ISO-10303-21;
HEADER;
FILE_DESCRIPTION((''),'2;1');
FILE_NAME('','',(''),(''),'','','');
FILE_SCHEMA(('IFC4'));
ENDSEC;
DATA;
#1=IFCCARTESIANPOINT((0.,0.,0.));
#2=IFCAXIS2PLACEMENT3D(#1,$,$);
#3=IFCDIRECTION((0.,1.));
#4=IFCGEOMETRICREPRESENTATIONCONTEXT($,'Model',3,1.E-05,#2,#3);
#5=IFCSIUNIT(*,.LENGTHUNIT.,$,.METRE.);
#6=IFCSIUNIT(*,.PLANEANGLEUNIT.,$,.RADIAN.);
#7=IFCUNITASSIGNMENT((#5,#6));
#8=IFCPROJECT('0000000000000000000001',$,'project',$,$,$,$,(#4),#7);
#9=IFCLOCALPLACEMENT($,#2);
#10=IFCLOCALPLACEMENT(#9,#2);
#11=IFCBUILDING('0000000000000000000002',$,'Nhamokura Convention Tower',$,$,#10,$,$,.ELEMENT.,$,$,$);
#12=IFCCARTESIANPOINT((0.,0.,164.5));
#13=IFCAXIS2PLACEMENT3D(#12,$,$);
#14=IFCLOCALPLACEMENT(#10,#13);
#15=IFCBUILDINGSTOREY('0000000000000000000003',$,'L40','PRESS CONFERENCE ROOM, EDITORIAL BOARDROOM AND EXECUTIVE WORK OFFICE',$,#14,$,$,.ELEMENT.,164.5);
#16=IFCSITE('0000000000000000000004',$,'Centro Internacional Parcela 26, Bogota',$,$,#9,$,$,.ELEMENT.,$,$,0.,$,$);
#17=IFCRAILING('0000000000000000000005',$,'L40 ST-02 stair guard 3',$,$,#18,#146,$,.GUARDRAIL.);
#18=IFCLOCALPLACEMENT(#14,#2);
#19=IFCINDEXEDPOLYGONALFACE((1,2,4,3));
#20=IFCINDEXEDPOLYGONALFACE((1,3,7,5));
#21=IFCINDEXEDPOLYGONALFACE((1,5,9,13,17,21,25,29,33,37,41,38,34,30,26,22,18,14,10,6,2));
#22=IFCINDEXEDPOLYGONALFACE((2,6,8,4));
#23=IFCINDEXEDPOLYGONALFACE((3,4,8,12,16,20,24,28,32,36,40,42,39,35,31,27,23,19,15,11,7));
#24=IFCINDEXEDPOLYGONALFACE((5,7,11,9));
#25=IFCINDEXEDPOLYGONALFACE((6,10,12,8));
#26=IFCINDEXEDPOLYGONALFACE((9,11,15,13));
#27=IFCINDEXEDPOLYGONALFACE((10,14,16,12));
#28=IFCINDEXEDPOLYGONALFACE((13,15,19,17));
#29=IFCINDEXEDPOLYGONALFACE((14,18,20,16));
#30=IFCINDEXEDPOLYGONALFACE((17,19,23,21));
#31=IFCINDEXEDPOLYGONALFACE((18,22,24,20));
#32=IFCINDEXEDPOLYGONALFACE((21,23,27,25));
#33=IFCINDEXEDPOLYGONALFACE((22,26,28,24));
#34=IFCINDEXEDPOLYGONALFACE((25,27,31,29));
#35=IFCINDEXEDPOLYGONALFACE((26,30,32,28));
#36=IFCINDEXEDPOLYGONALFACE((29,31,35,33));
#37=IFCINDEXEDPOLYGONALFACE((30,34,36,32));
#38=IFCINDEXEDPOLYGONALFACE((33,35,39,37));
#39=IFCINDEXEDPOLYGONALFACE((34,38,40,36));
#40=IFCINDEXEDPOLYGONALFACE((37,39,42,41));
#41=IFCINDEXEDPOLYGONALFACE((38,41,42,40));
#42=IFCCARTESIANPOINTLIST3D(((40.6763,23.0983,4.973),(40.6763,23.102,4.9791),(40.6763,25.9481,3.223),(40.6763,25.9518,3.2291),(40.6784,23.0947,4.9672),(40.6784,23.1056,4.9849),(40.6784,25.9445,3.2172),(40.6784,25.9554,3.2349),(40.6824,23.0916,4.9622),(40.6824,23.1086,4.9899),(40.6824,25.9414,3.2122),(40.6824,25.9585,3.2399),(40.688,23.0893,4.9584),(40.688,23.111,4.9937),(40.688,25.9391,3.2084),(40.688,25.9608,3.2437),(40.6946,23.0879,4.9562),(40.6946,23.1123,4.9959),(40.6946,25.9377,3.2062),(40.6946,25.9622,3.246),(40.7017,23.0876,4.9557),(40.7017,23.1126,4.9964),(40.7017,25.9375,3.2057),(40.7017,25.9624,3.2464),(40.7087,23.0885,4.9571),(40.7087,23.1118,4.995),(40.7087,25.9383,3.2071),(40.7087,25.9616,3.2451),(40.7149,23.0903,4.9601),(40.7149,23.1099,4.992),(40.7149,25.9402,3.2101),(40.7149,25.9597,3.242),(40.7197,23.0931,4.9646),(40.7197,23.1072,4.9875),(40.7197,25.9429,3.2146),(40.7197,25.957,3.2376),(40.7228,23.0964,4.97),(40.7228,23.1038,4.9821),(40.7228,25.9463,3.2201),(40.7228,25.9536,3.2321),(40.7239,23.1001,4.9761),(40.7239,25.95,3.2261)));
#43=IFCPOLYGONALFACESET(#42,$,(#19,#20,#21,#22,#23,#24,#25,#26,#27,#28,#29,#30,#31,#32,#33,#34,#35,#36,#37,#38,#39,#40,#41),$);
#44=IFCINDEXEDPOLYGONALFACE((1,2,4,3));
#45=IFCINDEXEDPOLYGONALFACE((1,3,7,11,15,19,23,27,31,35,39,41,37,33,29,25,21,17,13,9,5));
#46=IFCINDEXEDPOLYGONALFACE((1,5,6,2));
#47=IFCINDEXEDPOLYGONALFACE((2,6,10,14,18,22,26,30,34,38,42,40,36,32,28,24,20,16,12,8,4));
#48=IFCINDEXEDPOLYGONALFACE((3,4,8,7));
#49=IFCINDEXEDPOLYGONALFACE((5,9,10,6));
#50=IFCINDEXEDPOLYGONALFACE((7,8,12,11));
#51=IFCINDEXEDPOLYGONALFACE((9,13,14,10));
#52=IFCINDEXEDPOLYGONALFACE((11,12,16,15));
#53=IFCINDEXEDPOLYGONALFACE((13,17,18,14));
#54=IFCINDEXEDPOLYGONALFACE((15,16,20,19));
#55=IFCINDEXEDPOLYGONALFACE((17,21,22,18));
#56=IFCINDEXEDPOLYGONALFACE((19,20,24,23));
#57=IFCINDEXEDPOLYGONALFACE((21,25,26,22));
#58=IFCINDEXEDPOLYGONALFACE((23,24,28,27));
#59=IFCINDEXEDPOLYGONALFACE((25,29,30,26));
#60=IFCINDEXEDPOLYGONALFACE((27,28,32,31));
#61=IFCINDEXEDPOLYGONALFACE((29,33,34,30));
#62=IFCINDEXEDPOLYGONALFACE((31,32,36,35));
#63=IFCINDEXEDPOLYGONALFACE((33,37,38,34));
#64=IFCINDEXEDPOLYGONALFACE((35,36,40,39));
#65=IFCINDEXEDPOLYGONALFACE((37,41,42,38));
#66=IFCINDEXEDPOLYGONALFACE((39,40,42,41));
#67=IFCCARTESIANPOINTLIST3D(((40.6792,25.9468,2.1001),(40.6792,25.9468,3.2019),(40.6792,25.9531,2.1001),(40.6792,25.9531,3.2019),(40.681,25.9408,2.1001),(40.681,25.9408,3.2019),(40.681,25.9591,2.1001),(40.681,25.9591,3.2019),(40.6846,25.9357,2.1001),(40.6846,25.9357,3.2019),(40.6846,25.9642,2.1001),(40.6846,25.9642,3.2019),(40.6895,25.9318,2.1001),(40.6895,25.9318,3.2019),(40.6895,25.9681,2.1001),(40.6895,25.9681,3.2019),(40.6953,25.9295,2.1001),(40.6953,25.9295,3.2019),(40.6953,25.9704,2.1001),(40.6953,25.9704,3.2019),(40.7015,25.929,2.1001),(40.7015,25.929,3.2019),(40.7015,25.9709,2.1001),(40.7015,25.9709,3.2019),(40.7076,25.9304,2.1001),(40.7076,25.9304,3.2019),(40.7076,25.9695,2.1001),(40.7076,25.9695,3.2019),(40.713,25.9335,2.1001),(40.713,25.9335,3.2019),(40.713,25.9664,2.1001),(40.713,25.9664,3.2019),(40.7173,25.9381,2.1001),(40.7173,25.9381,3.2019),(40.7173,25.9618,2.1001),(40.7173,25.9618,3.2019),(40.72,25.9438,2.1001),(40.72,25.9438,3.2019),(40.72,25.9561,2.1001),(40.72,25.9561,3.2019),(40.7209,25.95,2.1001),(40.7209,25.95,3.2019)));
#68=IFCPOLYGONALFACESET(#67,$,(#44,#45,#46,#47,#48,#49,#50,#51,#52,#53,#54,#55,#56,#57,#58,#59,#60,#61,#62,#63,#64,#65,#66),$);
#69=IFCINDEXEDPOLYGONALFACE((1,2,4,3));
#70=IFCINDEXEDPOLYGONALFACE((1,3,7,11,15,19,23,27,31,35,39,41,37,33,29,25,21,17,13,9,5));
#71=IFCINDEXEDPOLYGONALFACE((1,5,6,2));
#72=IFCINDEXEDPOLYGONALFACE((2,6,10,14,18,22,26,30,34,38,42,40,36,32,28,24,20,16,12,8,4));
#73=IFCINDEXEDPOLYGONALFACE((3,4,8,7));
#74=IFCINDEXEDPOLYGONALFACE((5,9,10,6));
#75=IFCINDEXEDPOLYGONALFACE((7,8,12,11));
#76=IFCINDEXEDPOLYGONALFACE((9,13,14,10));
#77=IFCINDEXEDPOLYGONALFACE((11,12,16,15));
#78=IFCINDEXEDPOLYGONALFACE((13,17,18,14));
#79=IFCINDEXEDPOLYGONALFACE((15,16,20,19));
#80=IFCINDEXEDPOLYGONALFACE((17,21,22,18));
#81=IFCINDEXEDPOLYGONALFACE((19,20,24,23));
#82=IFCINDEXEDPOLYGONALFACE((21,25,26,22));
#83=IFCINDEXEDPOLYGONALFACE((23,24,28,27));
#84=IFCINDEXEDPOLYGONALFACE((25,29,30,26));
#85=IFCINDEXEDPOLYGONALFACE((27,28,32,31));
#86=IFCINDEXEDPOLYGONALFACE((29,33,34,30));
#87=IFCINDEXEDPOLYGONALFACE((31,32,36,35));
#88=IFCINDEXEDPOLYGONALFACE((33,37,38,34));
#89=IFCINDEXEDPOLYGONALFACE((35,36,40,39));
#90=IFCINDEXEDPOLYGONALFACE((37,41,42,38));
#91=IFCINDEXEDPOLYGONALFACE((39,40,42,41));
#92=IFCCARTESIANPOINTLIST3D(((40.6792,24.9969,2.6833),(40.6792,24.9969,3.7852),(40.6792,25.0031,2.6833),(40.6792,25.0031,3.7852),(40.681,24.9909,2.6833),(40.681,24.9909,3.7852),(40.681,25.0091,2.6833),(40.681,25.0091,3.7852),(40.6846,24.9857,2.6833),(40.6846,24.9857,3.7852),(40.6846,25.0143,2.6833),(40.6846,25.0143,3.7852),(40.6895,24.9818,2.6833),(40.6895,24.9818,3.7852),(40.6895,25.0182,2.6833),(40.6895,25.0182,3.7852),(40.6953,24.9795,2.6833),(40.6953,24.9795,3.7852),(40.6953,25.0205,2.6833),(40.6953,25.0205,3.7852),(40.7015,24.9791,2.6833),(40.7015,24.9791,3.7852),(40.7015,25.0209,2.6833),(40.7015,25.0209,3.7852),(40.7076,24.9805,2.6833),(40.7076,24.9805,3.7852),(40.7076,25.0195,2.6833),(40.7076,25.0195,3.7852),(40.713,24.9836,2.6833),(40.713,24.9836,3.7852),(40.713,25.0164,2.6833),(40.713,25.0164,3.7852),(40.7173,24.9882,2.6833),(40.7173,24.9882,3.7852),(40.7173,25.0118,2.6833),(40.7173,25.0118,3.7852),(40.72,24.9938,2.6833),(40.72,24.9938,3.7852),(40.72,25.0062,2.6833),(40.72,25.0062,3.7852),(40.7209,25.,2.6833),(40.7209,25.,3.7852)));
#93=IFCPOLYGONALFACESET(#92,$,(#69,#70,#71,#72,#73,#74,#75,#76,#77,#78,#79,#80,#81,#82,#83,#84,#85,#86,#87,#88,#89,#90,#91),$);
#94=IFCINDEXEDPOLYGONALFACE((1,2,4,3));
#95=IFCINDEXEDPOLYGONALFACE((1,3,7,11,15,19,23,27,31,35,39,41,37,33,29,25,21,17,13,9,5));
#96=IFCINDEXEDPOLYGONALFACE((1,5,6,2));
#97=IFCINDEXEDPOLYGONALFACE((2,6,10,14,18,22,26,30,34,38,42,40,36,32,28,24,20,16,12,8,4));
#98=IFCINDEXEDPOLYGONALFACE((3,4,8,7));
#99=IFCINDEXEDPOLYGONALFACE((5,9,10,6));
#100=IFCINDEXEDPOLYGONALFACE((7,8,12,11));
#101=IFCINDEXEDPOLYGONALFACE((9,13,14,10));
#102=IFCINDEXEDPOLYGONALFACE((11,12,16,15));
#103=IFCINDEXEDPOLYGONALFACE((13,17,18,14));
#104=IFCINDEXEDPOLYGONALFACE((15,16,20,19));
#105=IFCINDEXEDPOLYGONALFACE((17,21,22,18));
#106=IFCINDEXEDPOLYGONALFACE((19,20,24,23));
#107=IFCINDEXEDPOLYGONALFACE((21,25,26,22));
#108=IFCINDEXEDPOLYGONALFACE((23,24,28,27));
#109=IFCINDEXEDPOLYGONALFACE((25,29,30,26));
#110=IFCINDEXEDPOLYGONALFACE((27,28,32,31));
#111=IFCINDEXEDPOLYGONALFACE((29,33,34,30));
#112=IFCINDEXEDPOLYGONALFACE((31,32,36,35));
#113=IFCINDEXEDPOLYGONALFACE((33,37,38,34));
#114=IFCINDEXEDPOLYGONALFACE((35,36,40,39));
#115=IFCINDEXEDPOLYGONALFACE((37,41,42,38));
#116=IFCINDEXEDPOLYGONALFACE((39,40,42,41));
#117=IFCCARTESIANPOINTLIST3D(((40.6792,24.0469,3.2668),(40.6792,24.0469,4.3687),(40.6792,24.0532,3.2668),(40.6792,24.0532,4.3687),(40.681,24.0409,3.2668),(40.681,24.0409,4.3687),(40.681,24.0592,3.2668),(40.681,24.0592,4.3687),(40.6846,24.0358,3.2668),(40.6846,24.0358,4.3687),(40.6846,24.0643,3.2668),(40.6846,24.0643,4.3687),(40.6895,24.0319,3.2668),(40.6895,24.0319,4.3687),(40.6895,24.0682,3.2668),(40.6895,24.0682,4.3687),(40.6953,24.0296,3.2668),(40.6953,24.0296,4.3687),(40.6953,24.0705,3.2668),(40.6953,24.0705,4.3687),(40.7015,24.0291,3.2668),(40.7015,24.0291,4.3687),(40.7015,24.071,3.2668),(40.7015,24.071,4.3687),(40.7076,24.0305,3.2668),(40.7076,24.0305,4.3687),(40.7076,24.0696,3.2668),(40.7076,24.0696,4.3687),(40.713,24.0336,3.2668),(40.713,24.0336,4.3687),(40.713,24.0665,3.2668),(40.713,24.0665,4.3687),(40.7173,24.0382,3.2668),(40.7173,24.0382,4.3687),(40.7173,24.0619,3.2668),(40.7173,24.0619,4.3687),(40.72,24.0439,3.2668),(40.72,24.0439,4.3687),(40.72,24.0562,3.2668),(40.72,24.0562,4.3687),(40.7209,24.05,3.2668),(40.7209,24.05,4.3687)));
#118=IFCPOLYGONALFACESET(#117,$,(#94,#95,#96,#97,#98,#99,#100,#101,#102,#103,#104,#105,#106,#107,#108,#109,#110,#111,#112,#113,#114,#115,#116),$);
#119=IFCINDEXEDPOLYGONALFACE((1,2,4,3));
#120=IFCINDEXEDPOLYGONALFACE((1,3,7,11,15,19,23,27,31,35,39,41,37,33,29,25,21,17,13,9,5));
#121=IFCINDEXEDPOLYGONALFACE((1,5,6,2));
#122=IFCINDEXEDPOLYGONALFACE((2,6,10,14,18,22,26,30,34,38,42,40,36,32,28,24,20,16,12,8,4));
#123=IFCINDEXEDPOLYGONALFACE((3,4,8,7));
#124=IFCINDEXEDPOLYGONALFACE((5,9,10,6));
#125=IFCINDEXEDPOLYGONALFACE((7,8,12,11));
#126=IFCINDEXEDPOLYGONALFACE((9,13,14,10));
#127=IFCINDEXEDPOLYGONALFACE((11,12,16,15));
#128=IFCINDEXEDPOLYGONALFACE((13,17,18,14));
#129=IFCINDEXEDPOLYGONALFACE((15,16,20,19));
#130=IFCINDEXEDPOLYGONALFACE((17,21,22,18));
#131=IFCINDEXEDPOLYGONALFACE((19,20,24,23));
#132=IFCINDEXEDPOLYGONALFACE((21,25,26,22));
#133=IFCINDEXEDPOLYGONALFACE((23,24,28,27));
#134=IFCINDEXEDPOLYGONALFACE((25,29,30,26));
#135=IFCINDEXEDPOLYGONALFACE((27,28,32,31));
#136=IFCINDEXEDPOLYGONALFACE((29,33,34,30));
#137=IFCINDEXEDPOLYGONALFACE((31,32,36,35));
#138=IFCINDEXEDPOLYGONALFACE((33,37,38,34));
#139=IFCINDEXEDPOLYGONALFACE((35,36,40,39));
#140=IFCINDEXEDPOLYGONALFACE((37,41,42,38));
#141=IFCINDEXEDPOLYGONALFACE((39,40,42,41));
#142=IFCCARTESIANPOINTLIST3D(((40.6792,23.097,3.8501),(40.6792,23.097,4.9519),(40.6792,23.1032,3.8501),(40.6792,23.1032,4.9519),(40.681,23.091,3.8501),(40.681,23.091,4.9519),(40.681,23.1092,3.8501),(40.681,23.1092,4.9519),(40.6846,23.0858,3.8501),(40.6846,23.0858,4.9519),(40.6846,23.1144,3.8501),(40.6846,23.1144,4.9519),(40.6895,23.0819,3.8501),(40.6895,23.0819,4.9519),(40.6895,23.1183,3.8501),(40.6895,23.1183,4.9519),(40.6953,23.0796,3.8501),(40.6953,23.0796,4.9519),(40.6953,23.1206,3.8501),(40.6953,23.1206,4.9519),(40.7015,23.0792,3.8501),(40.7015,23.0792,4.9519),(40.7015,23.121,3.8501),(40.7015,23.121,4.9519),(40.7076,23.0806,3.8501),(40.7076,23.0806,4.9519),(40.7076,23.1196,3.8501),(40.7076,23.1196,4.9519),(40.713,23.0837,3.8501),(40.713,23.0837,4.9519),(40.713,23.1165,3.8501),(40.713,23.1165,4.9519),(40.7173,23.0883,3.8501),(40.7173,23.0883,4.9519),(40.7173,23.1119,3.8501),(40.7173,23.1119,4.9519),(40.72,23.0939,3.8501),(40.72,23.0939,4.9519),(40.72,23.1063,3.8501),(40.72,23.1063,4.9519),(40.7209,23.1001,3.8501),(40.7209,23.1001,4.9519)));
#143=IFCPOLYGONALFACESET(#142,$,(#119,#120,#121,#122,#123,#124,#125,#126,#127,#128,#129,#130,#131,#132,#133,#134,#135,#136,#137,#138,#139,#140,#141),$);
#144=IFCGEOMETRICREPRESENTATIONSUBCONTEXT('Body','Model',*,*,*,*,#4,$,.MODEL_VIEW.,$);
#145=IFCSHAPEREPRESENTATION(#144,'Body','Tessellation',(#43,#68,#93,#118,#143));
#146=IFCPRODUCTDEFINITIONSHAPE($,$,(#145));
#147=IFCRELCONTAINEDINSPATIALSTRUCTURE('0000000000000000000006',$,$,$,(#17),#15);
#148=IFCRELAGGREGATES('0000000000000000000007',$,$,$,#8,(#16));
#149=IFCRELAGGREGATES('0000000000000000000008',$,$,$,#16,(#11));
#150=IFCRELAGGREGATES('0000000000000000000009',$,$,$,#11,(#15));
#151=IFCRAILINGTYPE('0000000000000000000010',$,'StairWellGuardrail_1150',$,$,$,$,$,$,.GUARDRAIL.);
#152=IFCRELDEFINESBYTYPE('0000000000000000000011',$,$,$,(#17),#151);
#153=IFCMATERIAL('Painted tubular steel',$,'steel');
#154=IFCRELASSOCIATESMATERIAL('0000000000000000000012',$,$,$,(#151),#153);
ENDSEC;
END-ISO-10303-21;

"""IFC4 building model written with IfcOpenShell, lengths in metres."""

from ifc_helpers import new_model, si_unit, direction, frame, origin, origin_2d, place, context, subcontext, project, spatial, circle, extrude, material, type_object, element, save


model = new_model("IFC4")

# Units and contexts
model_context = context("Model", 3, precision=1e-05, world=origin(), true_north=direction((0.0, 1.0)))
body_context = subcontext(model_context, "Body", "Model", "MODEL_VIEW")
ifc_project = project(units=[si_unit("LENGTHUNIT", "METRE"), si_unit("PLANEANGLEUNIT", "RADIAN")], contexts=[model_context])

# Site, building, storey
site_placement = place(None, origin())
site = spatial("IfcSite", under=ifc_project, at=site_placement, Name="Centro Internacional Parcela 26, Bogota", CompositionType="ELEMENT", RefElevation=0.0)
building_placement = place(site_placement, origin())
building = spatial("IfcBuilding", under=site, at=building_placement, Name="Nhamokura Convention Tower", CompositionType="ELEMENT")
storey_placement = place(building_placement, frame((0.0, 0.0, 164.5)))
storey = spatial("IfcBuildingStorey", under=building, at=storey_placement, Name="L40", Description="PRESS CONFERENCE ROOM, EDITORIAL BOARDROOM AND EXECUTIVE WORK OFFICE", CompositionType="ELEMENT", Elevation=164.5)

# Railing
ifc_material_1 = material(Name="Painted tubular steel", Category="steel")
railing_type_1 = type_object("IfcRailingType", Name="StairWellGuardrail_1150", PredefinedType="GUARDRAIL", material=ifc_material_1)
railing_1_placement = place(storey_placement, frame((40.7, 25.95, 2.1001)))
element("IfcRailing", 1, at=railing_1_placement, inside=storey, type_object=railing_type_1, Name="L40 ST-02 stair guard 3", PredefinedType="GUARDRAIL", context=body_context, shape_type="SweptSolid", body=[
    extrude(circle(Radius=0.0239, at=origin_2d()), frame((0.0, 0.0, 1.126), z_axis=(0.0, -0.852159, 0.523283), x_axis=(1.0, 0.0, 0.0)), (0.0, 0.0, 1.0), 3.3442),
    extrude(circle(Radius=0.021, at=origin_2d()), origin(), (0.0, 0.0, 1.0), 1.1018),
    extrude(circle(Radius=0.021, at=origin_2d()), frame((0.0, -0.95, 0.5833)), (0.0, 0.0, 1.0), 1.1018),
    extrude(circle(Radius=0.021, at=origin_2d()), frame((0.0, -1.8999, 1.1667)), (0.0, 0.0, 1.0), 1.1018),
    extrude(circle(Radius=0.021, at=origin_2d()), frame((0.0, -2.8499, 1.75)), (0.0, 0.0, 1.0), 1.1018),
])

save(model, "model.ifc")
